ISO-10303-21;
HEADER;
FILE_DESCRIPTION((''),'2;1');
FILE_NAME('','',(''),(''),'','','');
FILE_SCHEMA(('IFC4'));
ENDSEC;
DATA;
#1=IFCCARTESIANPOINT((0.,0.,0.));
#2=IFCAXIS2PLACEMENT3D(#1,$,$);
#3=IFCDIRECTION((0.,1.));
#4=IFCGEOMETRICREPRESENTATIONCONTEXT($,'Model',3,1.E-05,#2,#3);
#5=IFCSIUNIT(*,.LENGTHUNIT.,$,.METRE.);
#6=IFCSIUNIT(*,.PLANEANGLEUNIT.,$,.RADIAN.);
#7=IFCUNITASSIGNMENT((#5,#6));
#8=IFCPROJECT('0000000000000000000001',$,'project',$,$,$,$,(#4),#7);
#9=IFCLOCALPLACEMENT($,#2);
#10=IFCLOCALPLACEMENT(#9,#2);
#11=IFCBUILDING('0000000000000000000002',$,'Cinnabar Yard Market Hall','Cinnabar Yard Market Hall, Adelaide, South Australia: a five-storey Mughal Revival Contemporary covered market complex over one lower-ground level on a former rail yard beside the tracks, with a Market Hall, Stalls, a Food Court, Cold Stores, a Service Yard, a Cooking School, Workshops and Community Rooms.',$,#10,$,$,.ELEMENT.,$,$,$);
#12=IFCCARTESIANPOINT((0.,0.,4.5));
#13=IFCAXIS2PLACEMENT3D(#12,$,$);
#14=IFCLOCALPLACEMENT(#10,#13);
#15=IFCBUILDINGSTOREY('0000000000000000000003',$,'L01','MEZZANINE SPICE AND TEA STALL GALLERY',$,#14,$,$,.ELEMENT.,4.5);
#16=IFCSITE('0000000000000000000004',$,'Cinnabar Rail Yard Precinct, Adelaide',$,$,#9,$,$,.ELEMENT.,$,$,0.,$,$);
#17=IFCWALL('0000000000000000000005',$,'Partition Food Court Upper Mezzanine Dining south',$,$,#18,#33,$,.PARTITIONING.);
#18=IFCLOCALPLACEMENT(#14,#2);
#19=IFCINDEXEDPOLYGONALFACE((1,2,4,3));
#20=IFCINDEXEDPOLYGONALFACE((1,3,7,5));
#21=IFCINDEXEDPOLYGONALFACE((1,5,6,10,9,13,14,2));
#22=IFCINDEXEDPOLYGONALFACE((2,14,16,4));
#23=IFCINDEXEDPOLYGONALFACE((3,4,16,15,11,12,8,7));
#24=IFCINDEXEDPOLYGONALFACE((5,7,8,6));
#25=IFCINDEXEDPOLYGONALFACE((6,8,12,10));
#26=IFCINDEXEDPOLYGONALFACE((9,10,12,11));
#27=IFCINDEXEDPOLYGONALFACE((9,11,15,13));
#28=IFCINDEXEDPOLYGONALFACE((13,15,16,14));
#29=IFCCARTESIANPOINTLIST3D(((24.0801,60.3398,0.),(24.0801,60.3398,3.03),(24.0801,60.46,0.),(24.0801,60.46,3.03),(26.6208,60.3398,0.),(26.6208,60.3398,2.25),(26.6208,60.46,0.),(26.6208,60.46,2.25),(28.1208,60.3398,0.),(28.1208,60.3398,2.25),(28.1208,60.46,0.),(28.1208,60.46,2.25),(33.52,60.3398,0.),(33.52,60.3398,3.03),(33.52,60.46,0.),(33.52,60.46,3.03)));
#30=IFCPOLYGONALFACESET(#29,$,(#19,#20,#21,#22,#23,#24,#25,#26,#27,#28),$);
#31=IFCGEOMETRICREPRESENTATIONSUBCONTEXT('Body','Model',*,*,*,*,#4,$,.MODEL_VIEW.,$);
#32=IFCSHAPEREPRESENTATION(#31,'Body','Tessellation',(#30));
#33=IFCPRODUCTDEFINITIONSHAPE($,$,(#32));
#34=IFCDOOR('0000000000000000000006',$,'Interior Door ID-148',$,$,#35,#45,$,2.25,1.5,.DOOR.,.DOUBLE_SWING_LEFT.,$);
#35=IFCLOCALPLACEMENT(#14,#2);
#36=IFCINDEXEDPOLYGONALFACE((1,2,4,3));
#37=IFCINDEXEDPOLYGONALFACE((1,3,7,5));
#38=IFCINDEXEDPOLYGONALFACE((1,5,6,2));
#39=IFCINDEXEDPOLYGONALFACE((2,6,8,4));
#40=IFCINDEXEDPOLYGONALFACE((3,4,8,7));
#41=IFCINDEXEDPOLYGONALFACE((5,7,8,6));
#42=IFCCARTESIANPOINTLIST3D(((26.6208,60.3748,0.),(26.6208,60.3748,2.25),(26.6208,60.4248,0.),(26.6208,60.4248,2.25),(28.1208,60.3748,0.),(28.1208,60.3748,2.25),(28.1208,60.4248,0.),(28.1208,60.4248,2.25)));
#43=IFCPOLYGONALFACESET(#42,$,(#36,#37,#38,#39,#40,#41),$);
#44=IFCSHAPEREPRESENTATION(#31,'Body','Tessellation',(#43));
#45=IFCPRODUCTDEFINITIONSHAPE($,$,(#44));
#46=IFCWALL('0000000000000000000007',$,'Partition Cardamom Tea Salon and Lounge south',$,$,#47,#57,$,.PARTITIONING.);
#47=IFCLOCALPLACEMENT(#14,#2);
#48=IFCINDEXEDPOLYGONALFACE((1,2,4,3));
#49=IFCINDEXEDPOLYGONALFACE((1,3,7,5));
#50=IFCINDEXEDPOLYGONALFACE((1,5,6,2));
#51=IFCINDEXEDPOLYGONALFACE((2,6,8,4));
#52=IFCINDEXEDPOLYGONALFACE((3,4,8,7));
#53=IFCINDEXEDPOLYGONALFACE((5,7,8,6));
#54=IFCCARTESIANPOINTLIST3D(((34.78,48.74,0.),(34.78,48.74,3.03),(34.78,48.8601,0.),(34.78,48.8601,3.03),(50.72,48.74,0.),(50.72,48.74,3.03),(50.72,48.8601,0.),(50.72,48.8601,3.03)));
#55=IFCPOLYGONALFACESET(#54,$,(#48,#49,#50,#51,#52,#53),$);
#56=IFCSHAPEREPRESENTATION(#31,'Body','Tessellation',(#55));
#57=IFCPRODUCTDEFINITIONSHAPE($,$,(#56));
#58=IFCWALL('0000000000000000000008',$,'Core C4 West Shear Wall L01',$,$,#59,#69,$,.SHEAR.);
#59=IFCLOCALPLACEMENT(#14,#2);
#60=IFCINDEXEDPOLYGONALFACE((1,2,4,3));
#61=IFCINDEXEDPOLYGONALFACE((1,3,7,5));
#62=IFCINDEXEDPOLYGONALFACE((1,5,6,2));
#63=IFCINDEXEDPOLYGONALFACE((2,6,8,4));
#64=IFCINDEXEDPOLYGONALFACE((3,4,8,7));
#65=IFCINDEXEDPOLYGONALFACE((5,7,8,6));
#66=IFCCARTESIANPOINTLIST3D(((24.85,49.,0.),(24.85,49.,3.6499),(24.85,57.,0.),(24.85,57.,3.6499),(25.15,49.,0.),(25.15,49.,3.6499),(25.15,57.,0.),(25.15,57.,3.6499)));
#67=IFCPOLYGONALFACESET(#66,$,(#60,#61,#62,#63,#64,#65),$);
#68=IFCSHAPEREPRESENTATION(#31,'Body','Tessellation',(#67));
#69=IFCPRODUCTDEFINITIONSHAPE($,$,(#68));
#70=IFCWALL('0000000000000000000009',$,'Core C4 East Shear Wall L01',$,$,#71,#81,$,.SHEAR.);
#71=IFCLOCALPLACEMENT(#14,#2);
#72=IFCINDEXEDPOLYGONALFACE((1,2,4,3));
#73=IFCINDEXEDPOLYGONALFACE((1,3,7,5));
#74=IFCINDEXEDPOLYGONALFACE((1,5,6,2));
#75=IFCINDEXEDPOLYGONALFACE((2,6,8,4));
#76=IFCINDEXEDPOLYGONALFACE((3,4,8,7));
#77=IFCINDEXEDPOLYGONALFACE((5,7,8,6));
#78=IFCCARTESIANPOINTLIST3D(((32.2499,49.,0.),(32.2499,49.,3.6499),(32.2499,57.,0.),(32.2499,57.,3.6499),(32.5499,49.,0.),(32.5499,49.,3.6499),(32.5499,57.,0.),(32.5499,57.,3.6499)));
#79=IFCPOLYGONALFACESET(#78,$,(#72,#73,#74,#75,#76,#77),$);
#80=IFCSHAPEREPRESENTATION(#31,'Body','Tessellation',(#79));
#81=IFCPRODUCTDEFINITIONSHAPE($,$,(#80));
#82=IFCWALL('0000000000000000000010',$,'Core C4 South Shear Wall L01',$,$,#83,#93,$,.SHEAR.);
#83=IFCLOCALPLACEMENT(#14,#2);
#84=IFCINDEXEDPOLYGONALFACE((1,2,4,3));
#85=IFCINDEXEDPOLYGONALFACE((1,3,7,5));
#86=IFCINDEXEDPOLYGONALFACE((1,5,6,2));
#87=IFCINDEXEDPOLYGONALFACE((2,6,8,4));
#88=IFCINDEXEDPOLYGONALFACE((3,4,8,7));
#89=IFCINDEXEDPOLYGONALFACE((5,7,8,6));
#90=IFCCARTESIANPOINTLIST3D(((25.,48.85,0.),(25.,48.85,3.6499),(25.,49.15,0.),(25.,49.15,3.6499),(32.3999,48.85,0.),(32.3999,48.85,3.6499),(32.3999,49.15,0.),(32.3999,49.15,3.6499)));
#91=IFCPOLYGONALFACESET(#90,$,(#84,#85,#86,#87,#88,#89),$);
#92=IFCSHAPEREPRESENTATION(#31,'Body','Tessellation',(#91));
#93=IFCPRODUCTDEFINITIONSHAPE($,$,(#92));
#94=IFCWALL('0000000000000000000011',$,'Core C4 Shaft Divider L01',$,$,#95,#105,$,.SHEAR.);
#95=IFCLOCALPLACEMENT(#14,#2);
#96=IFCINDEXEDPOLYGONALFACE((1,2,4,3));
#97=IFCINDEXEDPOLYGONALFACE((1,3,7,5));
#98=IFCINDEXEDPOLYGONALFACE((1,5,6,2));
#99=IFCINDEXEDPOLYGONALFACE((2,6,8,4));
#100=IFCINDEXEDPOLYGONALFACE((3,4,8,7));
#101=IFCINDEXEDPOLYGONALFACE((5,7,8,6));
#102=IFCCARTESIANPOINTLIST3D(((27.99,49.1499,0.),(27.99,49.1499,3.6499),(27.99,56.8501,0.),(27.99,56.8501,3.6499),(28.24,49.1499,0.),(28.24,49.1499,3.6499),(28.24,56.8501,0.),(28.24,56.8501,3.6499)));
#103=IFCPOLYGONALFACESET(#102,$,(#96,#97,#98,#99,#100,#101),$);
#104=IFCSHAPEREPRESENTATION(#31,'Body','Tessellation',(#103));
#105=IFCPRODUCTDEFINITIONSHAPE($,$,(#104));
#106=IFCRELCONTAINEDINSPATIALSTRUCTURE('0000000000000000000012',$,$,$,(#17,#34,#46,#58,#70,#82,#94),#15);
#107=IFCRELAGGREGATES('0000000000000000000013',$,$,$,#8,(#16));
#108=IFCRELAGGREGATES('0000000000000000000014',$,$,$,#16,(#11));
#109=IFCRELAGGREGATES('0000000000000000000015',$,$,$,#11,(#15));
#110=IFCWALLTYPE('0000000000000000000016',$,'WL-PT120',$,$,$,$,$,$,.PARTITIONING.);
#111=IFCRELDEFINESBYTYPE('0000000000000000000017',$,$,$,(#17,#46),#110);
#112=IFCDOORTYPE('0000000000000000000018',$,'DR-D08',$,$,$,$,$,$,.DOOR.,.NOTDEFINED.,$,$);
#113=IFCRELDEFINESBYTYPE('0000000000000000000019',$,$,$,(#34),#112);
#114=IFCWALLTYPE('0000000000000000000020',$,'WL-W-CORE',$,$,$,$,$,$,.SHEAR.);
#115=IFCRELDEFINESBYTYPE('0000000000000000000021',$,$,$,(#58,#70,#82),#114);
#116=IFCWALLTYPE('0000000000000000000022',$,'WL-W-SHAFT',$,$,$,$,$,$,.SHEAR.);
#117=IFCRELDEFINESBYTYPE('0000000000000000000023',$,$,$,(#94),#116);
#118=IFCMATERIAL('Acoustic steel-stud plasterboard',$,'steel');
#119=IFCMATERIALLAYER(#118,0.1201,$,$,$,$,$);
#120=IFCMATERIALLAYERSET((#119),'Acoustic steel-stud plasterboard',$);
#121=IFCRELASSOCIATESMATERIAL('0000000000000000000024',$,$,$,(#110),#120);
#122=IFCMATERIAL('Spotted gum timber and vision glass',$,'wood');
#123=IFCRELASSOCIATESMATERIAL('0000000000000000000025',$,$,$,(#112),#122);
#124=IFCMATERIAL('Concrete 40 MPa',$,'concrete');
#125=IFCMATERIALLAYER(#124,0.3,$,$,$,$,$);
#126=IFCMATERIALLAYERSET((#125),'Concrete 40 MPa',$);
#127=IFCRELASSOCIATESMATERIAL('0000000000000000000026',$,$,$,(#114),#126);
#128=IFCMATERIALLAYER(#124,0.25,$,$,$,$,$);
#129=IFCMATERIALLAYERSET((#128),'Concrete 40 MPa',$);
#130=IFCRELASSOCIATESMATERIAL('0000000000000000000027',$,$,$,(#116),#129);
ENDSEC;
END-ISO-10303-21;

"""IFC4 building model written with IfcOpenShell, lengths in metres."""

from ifc_helpers import new_model, si_unit, direction, frame, frame_2d, origin, place, context, subcontext, project, spatial, rectangle, extrude, material, layer, layer_set, type_object, element, fill, save


model = new_model("IFC4")

# Units and contexts
model_context = context("Model", 3, precision=1e-05, world=origin(), true_north=direction((0.0, 1.0)))
body_context = subcontext(model_context, "Body", "Model", "MODEL_VIEW")
ifc_project = project(units=[si_unit("LENGTHUNIT", "METRE"), si_unit("PLANEANGLEUNIT", "RADIAN")], contexts=[model_context])

# Site, building, storey
site_placement = place(None, origin())
site = spatial("IfcSite", under=ifc_project, at=site_placement, Name="Cinnabar Rail Yard Precinct, Adelaide", CompositionType="ELEMENT", RefElevation=0.0)
building_placement = place(site_placement, origin())
building = spatial("IfcBuilding", under=site, at=building_placement, Name="Cinnabar Yard Market Hall", Description="Cinnabar Yard Market Hall, Adelaide, South Australia: a five-storey Mughal Revival Contemporary covered market complex over one lower-ground level on a former rail yard beside the tracks, with a Market Hall, Stalls, a Food Court, Cold Stores, a Service Yard, a Cooking School, Workshops and Community Rooms.", CompositionType="ELEMENT")
storey_placement = place(building_placement, frame((0.0, 0.0, 4.5)))
storey = spatial("IfcBuildingStorey", under=building, at=storey_placement, Name="L01", Description="MEZZANINE SPICE AND TEA STALL GALLERY", CompositionType="ELEMENT", Elevation=4.5)

# Wall, opening, door
ifc_material_1 = material(Name="Acoustic steel-stud plasterboard", Category="steel")
ifc_layer_1 = layer(ifc_material_1, 0.1201)
ifc_layer_set_1 = layer_set([ifc_layer_1], Name="Acoustic steel-stud plasterboard")
wall_type_1 = type_object("IfcWallType", Name="WL-PT120", PredefinedType="PARTITIONING", material=ifc_layer_set_1)
wall_1_placement = place(storey_placement, frame((24.0801, 60.3999, 0.0), z_axis=(0.0, 0.0, 1.0), x_axis=(1.0, 0.0, 0.0)))
wall_1 = element("IfcWall", 1, at=wall_1_placement, inside=storey, type_object=wall_type_1, Name="Partition Food Court Upper Mezzanine Dining south", PredefinedType="PARTITIONING", context=body_context, shape_type="SweptSolid", body=[
    extrude(rectangle(XDim=9.4399, YDim=0.1201, at=frame_2d((4.72, 0.0), x_axis=(1.0, 0.0))), origin(), (0.0, 0.0, 1.0), 3.03),
])
opening_1_placement = place(wall_1_placement, frame((2.5408, 0.0, 0.0)))
opening_1 = element("IfcOpeningElement", 2, at=opening_1_placement, cuts=wall_1, PredefinedType="OPENING", context=body_context, shape_type="SweptSolid", body=[
    extrude(rectangle(XDim=1.5, YDim=2.25, at=frame_2d((0.75, 1.125), x_axis=(1.0, 0.0))), frame((0.0, 0.0701, 0.0), z_axis=(0.0, -1.0, 0.0), x_axis=(1.0, 0.0, 0.0)), (0.0, 0.0, 1.0), 0.1401),
])
ifc_material_2 = material(Name="Spotted gum timber and vision glass", Category="wood")
door_type_1 = type_object("IfcDoorType", Name="DR-D08", OperationType="NOTDEFINED", PredefinedType="DOOR", material=ifc_material_2)
door_1_placement = place(opening_1_placement, origin())
door_1 = element("IfcDoor", 3, at=door_1_placement, inside=storey, type_object=door_type_1, Name="Interior Door ID-148", OperationType="DOUBLE_SWING_LEFT", OverallHeight=2.25, OverallWidth=1.5, PredefinedType="DOOR", context=body_context, shape_type="SweptSolid", body=[
    extrude(rectangle(XDim=1.5, YDim=2.25, at=frame_2d((0.75, 1.125), x_axis=(1.0, 0.0))), frame((0.0, 0.0249, 0.0), z_axis=(0.0, -1.0, 0.0), x_axis=(1.0, 0.0, 0.0)), (0.0, 0.0, 1.0), 0.05),
])
fill(opening_1, door_1)

# Walls
wall_2_placement = place(storey_placement, frame((34.78, 48.8, 0.0), z_axis=(0.0, 0.0, 1.0), x_axis=(1.0, 0.0, 0.0)))
element("IfcWall", 4, at=wall_2_placement, inside=storey, type_object=wall_type_1, Name="Partition Cardamom Tea Salon and Lounge south", PredefinedType="PARTITIONING", context=body_context, shape_type="SweptSolid", body=[
    extrude(rectangle(XDim=15.9399, YDim=0.1201, at=frame_2d((7.97, 0.0), x_axis=(1.0, 0.0))), origin(), (0.0, 0.0, 1.0), 3.03),
])
ifc_material_3 = material(Name="Concrete 40 MPa", Category="concrete")
ifc_layer_2 = layer(ifc_material_3, 0.3)
ifc_layer_set_2 = layer_set([ifc_layer_2], Name="Concrete 40 MPa")
wall_type_2 = type_object("IfcWallType", Name="WL-W-CORE", PredefinedType="SHEAR", material=ifc_layer_set_2)
for number, where, z_axis, x_axis, name in (
    (5, (25.0, 57.0, 0.0), (0.0, 0.0, 1.0), (0.0, -1.0, 0.0), "Core C4 West Shear Wall L01"),
    (6, (32.3999, 49.0, 0.0), (0.0, 0.0, 1.0), (0.0, 1.0, 0.0), "Core C4 East Shear Wall L01"),
):
    element("IfcWall", number, at=place(storey_placement, frame(where, z_axis=z_axis, x_axis=x_axis)), inside=storey, type_object=wall_type_2, Name=name, PredefinedType="SHEAR", context=body_context, shape_type="SweptSolid", body=[
        extrude(rectangle(XDim=8.0, YDim=0.3, at=frame_2d((4.0, 0.0), x_axis=(1.0, 0.0))), origin(), (0.0, 0.0, 1.0), 3.6499),
    ])
wall_3_placement = place(storey_placement, frame((25.0, 49.0, 0.0), z_axis=(0.0, 0.0, 1.0), x_axis=(1.0, 0.0, 0.0)))
element("IfcWall", 7, at=wall_3_placement, inside=storey, type_object=wall_type_2, Name="Core C4 South Shear Wall L01", PredefinedType="SHEAR", context=body_context, shape_type="SweptSolid", body=[
    extrude(rectangle(XDim=7.3999, YDim=0.3, at=frame_2d((3.7, 0.0), x_axis=(1.0, 0.0))), origin(), (0.0, 0.0, 1.0), 3.6499),
])

# Wall
ifc_layer_3 = layer(ifc_material_3, 0.25)
ifc_layer_set_3 = layer_set([ifc_layer_3], Name="Concrete 40 MPa")
wall_type_3 = type_object("IfcWallType", Name="WL-W-SHAFT", PredefinedType="SHEAR", material=ifc_layer_set_3)
wall_4_placement = place(storey_placement, frame((28.115, 49.1499, 0.0), z_axis=(0.0, 0.0, 1.0), x_axis=(0.0, 1.0, 0.0)))
element("IfcWall", 8, at=wall_4_placement, inside=storey, type_object=wall_type_3, Name="Core C4 Shaft Divider L01", PredefinedType="SHEAR", context=body_context, shape_type="SweptSolid", body=[
    extrude(rectangle(XDim=7.7002, YDim=0.25, at=frame_2d((3.8501, 0.0), x_axis=(1.0, 0.0))), origin(), (0.0, 0.0, 1.0), 3.6499),
])

save(model, "model.ifc")
